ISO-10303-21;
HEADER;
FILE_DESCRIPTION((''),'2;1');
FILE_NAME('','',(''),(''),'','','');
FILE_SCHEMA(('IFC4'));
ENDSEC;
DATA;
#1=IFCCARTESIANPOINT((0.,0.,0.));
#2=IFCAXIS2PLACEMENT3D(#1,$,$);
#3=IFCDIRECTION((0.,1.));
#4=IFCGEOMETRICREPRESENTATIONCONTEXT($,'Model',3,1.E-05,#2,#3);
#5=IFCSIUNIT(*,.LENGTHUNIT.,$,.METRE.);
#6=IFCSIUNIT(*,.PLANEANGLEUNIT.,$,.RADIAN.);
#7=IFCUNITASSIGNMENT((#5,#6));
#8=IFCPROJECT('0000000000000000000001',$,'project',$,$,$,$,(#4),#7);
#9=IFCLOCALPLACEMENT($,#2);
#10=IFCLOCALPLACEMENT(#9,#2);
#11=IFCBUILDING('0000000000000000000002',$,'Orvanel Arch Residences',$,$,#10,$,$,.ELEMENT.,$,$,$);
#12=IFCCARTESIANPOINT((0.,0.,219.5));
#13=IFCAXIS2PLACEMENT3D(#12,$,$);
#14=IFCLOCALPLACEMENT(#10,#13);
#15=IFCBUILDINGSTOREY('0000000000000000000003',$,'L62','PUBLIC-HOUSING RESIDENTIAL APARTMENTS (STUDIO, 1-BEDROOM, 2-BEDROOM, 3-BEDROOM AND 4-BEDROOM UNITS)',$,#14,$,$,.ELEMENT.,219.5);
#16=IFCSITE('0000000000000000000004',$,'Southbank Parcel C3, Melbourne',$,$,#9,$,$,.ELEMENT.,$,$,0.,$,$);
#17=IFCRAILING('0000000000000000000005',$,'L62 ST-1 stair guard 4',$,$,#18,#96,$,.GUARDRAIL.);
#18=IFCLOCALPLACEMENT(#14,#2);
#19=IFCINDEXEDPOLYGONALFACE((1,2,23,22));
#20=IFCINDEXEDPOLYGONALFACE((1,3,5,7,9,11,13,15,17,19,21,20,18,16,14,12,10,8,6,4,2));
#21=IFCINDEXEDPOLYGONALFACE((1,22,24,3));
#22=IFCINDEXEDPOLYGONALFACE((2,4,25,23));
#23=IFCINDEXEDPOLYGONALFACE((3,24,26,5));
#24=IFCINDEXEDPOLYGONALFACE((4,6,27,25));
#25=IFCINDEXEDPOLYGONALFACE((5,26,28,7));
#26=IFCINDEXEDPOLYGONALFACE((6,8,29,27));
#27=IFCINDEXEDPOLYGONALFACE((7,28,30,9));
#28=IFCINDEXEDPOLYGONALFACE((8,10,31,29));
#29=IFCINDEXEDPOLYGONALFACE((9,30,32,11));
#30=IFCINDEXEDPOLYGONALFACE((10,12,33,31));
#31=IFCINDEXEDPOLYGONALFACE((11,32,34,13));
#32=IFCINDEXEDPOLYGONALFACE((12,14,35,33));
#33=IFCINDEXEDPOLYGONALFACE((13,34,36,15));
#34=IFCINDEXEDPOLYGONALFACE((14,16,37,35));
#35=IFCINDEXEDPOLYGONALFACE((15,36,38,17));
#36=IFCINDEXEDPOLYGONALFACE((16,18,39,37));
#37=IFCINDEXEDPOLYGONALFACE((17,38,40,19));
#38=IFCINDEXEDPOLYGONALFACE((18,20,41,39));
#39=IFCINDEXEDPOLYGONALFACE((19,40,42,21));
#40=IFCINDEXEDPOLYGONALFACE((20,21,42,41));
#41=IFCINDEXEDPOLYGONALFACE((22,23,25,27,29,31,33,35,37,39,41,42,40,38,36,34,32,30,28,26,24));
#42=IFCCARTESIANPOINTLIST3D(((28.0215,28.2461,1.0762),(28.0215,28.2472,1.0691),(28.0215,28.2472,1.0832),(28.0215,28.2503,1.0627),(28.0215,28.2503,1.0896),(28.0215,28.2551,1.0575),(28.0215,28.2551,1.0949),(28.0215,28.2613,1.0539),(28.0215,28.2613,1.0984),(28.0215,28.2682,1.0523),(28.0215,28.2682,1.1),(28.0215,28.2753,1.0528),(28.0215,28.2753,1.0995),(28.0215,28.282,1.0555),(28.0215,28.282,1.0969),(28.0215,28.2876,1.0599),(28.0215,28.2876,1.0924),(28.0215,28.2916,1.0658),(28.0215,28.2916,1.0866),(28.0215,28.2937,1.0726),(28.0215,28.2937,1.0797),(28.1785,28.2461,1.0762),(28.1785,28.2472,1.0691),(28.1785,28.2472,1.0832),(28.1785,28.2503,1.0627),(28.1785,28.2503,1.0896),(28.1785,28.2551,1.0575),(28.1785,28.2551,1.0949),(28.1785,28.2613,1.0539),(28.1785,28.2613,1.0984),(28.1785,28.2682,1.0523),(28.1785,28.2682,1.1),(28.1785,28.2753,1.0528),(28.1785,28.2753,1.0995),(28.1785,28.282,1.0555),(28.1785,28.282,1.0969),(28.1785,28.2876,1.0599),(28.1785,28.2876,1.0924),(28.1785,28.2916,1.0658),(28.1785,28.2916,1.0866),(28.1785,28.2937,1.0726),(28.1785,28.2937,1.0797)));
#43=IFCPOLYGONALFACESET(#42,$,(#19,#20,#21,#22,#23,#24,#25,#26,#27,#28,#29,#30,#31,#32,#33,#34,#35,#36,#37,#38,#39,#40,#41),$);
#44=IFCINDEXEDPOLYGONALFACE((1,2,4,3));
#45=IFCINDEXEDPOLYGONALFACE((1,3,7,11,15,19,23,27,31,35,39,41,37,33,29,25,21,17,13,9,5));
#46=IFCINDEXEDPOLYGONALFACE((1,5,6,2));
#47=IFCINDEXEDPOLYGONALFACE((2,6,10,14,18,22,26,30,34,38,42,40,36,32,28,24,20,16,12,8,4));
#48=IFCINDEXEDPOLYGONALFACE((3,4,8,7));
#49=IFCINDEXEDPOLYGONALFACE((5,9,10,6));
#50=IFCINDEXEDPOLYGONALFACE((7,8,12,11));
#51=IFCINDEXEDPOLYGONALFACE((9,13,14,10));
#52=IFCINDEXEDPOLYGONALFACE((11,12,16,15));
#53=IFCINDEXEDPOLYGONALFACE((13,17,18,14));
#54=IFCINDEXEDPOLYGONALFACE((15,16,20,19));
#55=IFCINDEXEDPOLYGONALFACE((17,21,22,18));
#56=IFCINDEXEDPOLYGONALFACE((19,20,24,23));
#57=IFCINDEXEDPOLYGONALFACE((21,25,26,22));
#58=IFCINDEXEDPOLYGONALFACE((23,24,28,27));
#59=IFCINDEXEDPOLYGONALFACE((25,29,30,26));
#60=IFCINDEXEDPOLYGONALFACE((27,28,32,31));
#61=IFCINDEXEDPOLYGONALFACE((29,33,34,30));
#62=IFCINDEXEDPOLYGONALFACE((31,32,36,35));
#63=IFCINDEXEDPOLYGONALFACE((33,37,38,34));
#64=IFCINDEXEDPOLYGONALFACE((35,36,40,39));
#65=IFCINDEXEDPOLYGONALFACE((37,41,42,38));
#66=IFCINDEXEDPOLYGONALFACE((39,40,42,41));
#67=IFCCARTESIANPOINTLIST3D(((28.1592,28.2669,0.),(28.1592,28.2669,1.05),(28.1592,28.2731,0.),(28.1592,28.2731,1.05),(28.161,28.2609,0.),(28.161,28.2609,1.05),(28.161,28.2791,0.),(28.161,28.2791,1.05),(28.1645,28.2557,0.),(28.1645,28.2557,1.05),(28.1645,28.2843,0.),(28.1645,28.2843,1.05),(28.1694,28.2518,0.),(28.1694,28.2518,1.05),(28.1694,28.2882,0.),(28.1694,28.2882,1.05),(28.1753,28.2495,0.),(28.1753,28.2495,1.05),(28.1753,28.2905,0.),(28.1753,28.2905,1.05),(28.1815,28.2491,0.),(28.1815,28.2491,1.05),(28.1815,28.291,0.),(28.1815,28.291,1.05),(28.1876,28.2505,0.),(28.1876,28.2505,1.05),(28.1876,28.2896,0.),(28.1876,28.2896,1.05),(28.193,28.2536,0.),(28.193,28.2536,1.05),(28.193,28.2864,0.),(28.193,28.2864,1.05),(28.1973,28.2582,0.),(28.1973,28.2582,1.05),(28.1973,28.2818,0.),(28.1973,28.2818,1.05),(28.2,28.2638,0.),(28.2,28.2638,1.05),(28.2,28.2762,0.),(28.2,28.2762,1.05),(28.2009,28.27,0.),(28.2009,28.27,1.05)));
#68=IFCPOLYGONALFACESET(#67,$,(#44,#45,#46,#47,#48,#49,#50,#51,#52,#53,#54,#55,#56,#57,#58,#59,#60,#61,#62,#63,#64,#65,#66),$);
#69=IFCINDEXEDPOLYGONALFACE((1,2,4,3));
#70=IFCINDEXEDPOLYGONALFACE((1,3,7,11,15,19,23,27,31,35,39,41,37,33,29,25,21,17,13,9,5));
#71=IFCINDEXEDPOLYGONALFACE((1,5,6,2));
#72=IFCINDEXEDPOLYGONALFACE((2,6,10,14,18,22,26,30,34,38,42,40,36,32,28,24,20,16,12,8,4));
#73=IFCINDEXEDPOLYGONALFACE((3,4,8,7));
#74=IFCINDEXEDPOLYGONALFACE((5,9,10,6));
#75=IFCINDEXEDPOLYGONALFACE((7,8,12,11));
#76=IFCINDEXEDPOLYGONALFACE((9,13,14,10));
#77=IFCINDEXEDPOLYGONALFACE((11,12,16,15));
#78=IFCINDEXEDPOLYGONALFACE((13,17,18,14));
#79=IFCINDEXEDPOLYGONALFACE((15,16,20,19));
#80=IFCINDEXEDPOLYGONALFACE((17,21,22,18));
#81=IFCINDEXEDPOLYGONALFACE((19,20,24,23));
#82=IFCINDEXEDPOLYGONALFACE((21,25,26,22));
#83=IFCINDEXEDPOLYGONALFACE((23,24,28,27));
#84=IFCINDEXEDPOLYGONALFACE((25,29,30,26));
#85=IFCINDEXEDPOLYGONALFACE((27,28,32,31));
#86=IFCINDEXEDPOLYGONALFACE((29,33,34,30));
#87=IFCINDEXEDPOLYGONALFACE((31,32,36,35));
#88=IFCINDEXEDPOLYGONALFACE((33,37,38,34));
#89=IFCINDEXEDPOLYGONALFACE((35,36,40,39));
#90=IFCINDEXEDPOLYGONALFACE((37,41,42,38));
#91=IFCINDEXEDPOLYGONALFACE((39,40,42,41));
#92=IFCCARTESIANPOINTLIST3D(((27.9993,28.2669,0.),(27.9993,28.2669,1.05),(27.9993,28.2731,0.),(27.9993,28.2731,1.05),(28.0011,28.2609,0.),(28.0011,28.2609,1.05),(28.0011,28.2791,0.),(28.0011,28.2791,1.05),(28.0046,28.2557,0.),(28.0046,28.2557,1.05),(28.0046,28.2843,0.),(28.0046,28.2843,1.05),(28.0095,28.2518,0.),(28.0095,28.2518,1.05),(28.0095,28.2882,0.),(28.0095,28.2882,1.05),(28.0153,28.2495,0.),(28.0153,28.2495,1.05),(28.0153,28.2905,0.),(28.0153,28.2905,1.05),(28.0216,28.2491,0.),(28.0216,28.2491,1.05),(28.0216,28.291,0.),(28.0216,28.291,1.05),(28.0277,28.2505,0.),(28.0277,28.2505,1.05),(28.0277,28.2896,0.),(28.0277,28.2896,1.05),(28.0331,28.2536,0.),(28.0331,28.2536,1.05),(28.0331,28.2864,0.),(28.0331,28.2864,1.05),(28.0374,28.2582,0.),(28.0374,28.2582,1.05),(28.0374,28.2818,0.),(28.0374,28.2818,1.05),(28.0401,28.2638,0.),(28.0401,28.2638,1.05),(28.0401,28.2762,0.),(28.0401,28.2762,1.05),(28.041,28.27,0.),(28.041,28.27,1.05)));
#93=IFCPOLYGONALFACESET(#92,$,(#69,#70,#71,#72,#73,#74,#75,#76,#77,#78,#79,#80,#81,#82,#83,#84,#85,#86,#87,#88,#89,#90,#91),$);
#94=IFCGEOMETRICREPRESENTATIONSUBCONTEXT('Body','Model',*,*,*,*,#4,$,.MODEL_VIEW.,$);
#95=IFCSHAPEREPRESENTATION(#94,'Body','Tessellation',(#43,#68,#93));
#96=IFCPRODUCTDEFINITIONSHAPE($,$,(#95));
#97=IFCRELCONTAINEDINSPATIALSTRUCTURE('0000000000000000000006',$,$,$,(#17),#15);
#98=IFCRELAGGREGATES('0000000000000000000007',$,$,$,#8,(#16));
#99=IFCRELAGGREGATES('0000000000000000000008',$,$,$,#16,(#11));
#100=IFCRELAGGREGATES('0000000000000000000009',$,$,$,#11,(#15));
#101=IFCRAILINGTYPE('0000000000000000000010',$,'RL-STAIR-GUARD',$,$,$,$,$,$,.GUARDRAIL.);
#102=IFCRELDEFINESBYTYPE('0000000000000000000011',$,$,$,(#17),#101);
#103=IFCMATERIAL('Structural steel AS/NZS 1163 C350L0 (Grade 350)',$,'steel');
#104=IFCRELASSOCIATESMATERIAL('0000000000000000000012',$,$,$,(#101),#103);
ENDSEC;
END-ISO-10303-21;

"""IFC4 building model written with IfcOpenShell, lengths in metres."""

from ifc_helpers import new_model, si_unit, direction, frame, origin, origin_2d, place, context, subcontext, project, spatial, circle, extrude, material, type_object, element, save


model = new_model("IFC4")

# Units and contexts
model_context = context("Model", 3, precision=1e-05, world=origin(), true_north=direction((0.0, 1.0)))
body_context = subcontext(model_context, "Body", "Model", "MODEL_VIEW")
ifc_project = project(units=[si_unit("LENGTHUNIT", "METRE"), si_unit("PLANEANGLEUNIT", "RADIAN")], contexts=[model_context])

# Site, building, storey
site_placement = place(None, origin())
site = spatial("IfcSite", under=ifc_project, at=site_placement, Name="Southbank Parcel C3, Melbourne", CompositionType="ELEMENT", RefElevation=0.0)
building_placement = place(site_placement, origin())
building = spatial("IfcBuilding", under=site, at=building_placement, Name="Orvanel Arch Residences", CompositionType="ELEMENT")
storey_placement = place(building_placement, frame((0.0, 0.0, 219.5)))
storey = spatial("IfcBuildingStorey", under=building, at=storey_placement, Name="L62", Description="PUBLIC-HOUSING RESIDENTIAL APARTMENTS (STUDIO, 1-BEDROOM, 2-BEDROOM, 3-BEDROOM AND 4-BEDROOM UNITS)", CompositionType="ELEMENT", Elevation=219.5)

# Railing
ifc_material_1 = material(Name="Structural steel AS/NZS 1163 C350L0 (Grade 350)", Category="steel")
railing_type_1 = type_object("IfcRailingType", Name="RL-STAIR-GUARD", PredefinedType="GUARDRAIL", material=ifc_material_1)
railing_1_placement = place(storey_placement, frame((28.1799, 28.27, 0.0)))
element("IfcRailing", 1, at=railing_1_placement, inside=storey, type_object=railing_type_1, Name="L62 ST-1 stair guard 4", PredefinedType="GUARDRAIL", context=body_context, shape_type="SweptSolid", body=[
    extrude(circle(Radius=0.0239, at=origin_2d()), frame((-0.0015, 0.0, 1.0762), z_axis=(-1.0, 0.0, 0.0), x_axis=(0.0, -1.0, 0.0)), (0.0, 0.0, 1.0), 0.157),
    extrude(circle(Radius=0.021, at=origin_2d()), origin(), (0.0, 0.0, 1.0), 1.05),
    extrude(circle(Radius=0.021, at=origin_2d()), frame((-0.1599, 0.0, 0.0)), (0.0, 0.0, 1.0), 1.05),
])

save(model, "model.ifc")
